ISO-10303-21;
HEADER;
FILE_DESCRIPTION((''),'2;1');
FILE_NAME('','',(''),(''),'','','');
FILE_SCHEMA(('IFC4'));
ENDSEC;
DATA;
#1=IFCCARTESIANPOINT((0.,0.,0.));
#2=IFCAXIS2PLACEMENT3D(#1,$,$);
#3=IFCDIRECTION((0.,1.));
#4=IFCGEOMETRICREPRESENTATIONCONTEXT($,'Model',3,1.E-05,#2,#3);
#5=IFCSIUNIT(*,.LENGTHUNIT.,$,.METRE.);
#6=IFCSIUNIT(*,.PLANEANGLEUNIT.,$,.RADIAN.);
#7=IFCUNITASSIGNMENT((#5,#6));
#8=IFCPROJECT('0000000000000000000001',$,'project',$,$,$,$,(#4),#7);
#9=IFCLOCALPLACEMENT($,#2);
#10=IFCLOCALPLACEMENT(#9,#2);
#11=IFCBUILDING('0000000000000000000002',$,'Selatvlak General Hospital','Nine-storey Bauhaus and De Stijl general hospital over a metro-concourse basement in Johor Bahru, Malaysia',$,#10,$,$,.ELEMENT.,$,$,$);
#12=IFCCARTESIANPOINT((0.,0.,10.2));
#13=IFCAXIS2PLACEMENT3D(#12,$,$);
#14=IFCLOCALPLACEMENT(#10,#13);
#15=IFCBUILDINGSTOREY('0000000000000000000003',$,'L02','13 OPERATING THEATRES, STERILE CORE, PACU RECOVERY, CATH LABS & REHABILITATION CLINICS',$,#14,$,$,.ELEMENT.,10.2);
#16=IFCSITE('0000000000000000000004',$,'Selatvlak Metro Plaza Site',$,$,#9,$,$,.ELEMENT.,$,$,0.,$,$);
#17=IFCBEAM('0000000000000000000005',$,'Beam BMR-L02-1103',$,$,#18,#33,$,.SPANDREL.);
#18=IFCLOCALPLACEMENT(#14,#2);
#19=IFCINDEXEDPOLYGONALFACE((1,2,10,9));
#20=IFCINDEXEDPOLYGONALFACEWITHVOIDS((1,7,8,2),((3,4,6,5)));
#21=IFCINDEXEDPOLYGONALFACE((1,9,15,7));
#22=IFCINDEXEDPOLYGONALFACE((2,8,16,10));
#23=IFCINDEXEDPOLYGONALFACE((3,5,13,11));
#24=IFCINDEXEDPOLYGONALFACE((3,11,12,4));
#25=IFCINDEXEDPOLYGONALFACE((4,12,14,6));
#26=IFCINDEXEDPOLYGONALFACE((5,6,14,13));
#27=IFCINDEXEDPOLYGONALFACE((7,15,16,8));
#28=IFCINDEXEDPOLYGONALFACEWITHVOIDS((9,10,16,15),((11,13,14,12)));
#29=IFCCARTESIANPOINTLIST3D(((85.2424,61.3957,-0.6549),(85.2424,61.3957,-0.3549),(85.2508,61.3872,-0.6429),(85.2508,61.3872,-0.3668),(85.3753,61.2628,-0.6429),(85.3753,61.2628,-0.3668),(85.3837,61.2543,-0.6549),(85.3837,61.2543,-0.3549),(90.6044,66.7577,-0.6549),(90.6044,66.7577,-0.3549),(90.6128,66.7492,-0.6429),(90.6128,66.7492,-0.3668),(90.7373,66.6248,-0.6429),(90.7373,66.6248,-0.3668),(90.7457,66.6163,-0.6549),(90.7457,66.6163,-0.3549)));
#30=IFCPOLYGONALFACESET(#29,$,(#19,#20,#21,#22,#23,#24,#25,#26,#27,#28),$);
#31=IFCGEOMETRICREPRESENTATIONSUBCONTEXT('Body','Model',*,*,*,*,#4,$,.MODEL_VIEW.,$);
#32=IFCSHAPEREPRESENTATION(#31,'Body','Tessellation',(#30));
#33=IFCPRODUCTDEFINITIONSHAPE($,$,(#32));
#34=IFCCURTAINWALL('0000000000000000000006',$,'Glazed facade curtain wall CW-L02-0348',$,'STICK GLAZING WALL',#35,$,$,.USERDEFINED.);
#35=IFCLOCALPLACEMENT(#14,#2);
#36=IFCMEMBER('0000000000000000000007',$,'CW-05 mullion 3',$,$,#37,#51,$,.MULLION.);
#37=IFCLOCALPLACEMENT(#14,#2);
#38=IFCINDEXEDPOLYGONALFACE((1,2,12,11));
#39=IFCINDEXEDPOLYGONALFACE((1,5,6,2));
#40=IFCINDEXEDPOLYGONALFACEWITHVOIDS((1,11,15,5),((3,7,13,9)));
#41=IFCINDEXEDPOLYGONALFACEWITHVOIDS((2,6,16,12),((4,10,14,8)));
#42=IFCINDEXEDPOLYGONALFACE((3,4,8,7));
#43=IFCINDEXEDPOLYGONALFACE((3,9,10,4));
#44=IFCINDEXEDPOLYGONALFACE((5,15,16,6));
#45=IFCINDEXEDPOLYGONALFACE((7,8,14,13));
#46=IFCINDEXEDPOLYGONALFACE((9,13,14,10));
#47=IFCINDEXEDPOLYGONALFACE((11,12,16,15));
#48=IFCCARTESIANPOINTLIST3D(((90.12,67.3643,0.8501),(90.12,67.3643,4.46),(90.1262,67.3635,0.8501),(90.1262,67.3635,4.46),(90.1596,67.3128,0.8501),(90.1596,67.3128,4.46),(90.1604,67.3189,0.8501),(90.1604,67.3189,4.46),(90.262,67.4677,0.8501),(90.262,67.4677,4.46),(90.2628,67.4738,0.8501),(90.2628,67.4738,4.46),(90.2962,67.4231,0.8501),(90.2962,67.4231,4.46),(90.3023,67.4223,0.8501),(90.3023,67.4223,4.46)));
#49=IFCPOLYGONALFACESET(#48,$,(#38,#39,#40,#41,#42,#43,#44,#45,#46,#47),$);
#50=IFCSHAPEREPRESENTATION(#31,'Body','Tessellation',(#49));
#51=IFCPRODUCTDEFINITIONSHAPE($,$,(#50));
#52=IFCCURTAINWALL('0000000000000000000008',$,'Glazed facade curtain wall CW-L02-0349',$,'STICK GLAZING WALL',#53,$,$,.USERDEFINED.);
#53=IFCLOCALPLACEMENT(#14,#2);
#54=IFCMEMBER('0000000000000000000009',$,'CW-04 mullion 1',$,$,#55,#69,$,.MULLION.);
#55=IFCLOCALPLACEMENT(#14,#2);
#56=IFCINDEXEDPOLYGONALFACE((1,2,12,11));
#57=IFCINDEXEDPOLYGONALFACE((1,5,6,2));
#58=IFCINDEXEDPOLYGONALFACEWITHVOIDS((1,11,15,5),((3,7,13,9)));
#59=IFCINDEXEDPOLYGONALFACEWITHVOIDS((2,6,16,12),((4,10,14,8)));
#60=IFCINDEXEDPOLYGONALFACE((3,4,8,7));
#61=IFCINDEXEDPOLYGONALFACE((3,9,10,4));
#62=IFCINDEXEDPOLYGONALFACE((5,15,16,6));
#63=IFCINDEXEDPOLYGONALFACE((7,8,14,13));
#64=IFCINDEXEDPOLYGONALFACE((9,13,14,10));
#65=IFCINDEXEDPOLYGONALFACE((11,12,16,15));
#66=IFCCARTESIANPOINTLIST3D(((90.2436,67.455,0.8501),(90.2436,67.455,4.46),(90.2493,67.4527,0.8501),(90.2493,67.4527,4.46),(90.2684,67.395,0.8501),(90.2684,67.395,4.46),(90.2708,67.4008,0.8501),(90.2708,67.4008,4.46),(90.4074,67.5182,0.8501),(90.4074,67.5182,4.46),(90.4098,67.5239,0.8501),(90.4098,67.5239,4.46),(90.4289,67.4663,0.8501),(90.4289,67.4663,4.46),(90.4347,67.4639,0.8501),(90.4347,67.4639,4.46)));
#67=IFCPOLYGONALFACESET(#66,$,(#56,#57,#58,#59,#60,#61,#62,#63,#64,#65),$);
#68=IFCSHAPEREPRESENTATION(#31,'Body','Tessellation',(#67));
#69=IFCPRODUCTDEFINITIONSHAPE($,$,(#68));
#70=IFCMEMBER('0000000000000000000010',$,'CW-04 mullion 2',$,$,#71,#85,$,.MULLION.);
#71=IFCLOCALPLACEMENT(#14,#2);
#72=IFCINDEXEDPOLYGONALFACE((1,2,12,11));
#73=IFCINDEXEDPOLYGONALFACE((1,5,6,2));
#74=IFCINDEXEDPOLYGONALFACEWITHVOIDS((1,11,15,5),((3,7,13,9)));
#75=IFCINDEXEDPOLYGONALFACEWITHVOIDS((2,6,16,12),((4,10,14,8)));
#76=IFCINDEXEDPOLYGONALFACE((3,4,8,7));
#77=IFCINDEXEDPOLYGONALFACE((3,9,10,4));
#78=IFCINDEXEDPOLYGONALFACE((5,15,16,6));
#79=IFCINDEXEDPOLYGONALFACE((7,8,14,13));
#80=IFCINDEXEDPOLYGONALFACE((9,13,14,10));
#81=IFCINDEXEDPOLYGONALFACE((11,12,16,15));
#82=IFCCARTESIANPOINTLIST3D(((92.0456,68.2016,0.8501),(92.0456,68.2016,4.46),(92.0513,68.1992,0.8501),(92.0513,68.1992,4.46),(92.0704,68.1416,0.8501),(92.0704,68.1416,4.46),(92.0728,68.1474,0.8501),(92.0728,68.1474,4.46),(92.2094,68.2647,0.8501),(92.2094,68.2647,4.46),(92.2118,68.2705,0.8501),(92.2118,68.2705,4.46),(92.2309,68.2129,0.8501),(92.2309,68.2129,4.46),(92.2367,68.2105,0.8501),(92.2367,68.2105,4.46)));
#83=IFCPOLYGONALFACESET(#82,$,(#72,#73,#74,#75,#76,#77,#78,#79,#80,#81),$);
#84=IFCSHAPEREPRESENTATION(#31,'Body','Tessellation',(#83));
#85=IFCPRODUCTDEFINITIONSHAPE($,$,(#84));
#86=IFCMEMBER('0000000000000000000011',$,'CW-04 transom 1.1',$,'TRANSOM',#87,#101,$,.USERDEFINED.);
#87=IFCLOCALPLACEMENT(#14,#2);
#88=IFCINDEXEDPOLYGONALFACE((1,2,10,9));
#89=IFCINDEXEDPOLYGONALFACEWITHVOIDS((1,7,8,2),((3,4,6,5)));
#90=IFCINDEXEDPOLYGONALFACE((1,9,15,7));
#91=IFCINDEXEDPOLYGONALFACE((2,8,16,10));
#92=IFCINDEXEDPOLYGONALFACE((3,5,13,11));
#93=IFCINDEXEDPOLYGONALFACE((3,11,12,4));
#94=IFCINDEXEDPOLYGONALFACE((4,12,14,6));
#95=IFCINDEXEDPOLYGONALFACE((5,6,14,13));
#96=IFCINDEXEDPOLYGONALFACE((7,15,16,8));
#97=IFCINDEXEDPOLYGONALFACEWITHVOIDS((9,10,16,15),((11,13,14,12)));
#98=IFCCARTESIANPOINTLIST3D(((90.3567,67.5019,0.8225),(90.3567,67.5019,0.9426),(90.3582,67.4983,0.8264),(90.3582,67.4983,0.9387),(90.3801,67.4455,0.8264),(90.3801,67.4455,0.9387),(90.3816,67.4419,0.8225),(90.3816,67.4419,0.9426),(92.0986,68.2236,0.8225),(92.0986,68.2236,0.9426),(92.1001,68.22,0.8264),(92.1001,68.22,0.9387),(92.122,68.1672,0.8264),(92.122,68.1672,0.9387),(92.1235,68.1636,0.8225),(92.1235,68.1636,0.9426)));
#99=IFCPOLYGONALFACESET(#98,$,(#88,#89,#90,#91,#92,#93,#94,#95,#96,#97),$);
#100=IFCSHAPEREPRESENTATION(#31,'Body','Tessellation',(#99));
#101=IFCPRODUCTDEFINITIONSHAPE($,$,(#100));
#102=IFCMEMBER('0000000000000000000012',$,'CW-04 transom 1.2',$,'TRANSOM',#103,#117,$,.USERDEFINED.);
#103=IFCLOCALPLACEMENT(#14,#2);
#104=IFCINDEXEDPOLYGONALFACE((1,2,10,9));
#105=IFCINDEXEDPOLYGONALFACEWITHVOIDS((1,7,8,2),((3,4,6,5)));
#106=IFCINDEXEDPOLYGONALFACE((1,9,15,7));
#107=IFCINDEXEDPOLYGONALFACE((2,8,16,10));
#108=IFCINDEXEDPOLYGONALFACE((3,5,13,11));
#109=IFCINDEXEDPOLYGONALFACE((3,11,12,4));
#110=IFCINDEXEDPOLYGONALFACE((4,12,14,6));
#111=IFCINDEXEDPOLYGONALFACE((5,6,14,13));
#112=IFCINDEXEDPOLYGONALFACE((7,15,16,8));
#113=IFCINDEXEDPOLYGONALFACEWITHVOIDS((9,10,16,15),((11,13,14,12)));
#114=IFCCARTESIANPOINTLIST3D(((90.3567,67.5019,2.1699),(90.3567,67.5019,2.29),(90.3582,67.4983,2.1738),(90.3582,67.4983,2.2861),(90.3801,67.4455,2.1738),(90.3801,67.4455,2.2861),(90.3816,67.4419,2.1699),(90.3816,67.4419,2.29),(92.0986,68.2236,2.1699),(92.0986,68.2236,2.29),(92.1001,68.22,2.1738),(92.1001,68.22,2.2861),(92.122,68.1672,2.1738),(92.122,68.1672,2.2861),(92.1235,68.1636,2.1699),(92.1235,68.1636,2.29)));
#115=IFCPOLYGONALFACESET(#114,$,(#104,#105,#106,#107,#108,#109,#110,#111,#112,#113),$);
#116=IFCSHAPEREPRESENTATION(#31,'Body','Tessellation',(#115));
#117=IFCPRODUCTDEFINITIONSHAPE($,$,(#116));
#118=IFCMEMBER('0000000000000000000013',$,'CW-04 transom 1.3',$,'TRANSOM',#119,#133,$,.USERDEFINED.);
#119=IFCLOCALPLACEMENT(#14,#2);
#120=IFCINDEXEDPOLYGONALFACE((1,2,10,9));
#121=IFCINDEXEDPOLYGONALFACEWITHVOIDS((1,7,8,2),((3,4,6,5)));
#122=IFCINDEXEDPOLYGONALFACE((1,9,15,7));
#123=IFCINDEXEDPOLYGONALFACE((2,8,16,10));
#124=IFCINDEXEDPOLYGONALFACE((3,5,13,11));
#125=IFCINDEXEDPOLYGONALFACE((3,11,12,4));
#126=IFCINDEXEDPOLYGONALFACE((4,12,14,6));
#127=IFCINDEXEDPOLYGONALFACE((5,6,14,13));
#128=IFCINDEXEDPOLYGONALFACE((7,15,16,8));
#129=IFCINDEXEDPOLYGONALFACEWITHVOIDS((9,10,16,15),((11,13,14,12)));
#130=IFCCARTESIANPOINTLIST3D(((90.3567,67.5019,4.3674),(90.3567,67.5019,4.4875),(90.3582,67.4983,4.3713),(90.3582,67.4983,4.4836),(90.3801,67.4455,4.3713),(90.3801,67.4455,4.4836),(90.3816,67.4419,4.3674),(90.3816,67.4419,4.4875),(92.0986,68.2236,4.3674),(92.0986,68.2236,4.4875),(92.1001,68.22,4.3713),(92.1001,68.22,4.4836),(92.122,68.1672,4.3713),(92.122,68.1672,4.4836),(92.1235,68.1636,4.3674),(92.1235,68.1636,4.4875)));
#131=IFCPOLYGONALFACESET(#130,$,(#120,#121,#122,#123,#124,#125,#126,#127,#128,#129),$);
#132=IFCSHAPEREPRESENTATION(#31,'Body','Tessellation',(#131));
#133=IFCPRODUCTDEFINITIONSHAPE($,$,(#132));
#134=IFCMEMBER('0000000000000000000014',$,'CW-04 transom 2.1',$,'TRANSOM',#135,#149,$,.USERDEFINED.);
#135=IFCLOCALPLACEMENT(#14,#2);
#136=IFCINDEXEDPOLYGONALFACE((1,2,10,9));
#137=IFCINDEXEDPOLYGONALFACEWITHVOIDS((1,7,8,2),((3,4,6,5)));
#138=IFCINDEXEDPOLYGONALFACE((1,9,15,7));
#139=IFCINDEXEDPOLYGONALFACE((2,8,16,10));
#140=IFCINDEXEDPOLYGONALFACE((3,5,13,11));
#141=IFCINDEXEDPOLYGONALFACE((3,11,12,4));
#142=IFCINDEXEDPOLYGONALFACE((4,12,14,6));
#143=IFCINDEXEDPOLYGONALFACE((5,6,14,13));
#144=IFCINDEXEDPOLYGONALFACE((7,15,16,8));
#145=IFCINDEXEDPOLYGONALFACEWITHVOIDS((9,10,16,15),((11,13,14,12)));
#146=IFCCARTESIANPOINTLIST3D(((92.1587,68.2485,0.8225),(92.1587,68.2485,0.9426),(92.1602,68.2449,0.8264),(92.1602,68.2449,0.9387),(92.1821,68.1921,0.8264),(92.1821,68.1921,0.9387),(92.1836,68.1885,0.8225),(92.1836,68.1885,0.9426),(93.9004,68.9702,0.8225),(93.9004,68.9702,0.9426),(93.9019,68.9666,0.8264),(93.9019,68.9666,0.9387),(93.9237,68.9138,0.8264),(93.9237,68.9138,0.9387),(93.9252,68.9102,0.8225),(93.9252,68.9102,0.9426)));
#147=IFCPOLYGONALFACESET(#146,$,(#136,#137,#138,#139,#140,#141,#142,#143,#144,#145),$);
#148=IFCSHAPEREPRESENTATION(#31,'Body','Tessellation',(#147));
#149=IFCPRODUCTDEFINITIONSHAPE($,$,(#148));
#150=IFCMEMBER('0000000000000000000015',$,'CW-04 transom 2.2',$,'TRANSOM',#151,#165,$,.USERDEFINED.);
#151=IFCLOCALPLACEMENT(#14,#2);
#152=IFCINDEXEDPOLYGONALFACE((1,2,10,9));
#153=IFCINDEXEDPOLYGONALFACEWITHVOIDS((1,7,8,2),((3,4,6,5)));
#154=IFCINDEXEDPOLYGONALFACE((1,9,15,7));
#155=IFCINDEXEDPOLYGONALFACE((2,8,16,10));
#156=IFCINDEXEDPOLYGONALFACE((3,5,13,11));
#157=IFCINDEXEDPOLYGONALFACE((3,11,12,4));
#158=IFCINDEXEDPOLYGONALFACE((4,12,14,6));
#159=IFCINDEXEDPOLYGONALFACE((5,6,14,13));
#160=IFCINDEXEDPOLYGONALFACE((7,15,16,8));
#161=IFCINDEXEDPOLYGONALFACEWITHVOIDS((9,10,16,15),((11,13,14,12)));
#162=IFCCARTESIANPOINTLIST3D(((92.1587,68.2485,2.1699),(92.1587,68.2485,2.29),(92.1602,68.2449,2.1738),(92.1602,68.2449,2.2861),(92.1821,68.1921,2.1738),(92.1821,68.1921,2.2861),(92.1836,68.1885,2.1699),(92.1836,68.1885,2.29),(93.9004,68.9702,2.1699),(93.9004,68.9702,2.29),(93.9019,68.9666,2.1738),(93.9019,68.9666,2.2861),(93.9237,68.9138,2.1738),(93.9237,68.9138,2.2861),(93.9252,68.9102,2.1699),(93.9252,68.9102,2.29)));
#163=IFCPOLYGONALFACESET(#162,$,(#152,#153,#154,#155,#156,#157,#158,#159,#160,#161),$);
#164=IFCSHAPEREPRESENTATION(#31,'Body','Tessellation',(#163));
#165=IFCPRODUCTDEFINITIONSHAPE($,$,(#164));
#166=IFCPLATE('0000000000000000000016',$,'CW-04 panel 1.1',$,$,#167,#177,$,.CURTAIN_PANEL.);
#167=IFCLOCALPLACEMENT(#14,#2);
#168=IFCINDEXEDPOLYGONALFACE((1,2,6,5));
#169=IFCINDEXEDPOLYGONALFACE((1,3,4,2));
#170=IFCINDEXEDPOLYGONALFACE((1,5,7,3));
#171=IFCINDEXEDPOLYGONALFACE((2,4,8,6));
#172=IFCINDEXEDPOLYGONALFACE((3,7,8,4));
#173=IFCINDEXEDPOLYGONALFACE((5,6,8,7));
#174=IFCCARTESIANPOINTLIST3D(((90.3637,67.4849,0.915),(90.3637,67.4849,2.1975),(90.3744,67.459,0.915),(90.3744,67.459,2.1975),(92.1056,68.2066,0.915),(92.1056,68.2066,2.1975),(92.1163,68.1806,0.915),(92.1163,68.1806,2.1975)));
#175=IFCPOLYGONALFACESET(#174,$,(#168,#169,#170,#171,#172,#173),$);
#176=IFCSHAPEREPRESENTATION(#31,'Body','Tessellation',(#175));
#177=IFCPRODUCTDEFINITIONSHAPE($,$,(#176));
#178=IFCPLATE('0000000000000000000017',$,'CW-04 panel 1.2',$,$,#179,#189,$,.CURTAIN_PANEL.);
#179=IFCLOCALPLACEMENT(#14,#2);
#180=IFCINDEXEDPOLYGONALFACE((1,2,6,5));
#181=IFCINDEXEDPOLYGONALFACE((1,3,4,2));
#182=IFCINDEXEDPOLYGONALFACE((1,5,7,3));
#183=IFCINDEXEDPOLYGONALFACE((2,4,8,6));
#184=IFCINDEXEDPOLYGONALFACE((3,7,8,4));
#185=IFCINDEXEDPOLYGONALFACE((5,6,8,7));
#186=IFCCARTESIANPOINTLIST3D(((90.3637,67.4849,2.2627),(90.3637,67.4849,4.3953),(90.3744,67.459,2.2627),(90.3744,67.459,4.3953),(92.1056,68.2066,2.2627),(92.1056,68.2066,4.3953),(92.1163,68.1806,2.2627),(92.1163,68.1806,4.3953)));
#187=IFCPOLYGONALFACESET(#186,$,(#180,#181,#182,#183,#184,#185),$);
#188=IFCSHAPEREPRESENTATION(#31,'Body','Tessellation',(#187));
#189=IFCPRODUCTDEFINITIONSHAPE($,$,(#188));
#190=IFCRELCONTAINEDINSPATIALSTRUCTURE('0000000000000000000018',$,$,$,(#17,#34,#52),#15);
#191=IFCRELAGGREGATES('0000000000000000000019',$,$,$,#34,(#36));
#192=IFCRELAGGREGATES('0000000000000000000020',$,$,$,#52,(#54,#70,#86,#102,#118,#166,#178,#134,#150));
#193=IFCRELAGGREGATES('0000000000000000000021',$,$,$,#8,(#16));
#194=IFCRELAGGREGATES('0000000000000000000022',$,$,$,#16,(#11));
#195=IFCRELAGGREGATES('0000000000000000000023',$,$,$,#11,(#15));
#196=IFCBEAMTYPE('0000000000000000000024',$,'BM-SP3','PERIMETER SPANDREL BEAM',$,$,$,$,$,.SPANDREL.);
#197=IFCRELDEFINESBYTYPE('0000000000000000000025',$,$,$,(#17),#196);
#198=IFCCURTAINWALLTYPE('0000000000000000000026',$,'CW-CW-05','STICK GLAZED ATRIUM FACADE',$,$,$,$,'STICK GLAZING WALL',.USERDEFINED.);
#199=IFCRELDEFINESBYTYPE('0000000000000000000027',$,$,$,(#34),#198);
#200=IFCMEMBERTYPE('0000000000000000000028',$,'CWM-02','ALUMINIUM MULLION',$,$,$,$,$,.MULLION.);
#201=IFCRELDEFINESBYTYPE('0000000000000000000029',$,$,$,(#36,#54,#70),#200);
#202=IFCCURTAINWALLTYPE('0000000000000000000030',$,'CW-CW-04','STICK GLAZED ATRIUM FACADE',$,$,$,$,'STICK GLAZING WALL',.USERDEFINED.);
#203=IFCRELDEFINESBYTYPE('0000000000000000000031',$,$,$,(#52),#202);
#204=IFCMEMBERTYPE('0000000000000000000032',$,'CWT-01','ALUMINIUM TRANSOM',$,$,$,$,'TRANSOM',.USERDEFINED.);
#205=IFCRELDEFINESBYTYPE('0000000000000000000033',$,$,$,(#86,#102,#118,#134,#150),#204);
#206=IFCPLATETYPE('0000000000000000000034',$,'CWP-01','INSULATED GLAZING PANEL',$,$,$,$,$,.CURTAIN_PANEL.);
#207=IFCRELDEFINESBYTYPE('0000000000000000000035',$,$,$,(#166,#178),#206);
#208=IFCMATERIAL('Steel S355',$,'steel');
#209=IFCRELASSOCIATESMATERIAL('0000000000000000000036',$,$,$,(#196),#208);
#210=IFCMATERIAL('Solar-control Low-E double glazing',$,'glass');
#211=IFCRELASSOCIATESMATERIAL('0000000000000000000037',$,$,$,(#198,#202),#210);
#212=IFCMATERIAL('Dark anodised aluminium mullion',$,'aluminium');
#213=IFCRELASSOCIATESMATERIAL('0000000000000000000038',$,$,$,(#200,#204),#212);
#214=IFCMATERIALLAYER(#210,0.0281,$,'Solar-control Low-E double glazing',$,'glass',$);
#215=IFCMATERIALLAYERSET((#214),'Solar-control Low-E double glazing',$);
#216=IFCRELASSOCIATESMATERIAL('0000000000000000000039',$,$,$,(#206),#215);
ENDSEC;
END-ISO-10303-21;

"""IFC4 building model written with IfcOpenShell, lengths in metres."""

from ifc_helpers import new_model, si_unit, direction, frame, origin, origin_2d, place, context, subcontext, project, spatial, rectangle, hollow_rectangle, extrude, material, layer, layer_set, material_profile, profile_set, type_object, element, aggregate, save


model = new_model("IFC4")

# Units and contexts
model_context = context("Model", 3, precision=1e-05, world=origin(), true_north=direction((0.0, 1.0)))
body_context = subcontext(model_context, "Body", "Model", "MODEL_VIEW")
ifc_project = project(units=[si_unit("LENGTHUNIT", "METRE"), si_unit("PLANEANGLEUNIT", "RADIAN")], contexts=[model_context])

# Site, building, storey
site_placement = place(None, origin())
site = spatial("IfcSite", under=ifc_project, at=site_placement, Name="Selatvlak Metro Plaza Site", CompositionType="ELEMENT", RefElevation=0.0)
building_placement = place(site_placement, origin())
building = spatial("IfcBuilding", under=site, at=building_placement, Name="Selatvlak General Hospital", Description="Nine-storey Bauhaus and De Stijl general hospital over a metro-concourse basement in Johor Bahru, Malaysia", CompositionType="ELEMENT")
storey_placement = place(building_placement, frame((0.0, 0.0, 10.2)))
storey = spatial("IfcBuildingStorey", under=building, at=storey_placement, Name="L02", Description="13 OPERATING THEATRES, STERILE CORE, PACU RECOVERY, CATH LABS & REHABILITATION CLINICS", CompositionType="ELEMENT", Elevation=10.2)

# Beam
ifc_material_1 = material(Name="Steel S355", Category="steel")
ifc_material_profile_1 = material_profile(ifc_material_1, hollow_rectangle(XDim=0.2, YDim=0.3, WallThickness=0.012, at=origin_2d()), Name="RHS 300x200x12")
ifc_profile_set_1 = profile_set([ifc_material_profile_1], Name="Steel S355")
beam_type = type_object("IfcBeamType", Name="BM-SP3", Description="PERIMETER SPANDREL BEAM", PredefinedType="SPANDREL", material=ifc_profile_set_1)
beam_placement = place(storey_placement, frame((90.675, 66.687, -0.5049), z_axis=(-0.707107, -0.707107, 0.0), x_axis=(0.707107, -0.707107, 0.0)))
element("IfcBeam", 1, at=beam_placement, inside=storey, type_object=beam_type, Name="Beam BMR-L02-1103", PredefinedType="SPANDREL", context=body_context, shape_type="SweptSolid", body=[
    extrude(hollow_rectangle(XDim=0.2, YDim=0.3, WallThickness=0.012, at=origin_2d()), origin(), (0.0, 0.0, 1.0), 7.583),
])

# Curtain wall, member
ifc_material_2 = material(Name="Solar-control Low-E double glazing", Category="glass")
curtain_wall_type_1 = type_object("IfcCurtainWallType", Name="CW-CW-05", Description="STICK GLAZED ATRIUM FACADE", ElementType="STICK GLAZING WALL", PredefinedType="USERDEFINED", material=ifc_material_2)
curtain_wall_1_placement = place(storey_placement, origin())
curtain_wall_1 = element("IfcCurtainWall", 2, at=curtain_wall_1_placement, inside=storey, type_object=curtain_wall_type_1, Name="Glazed facade curtain wall CW-L02-0348", ObjectType="STICK GLAZING WALL", PredefinedType="USERDEFINED")
ifc_material_3 = material(Name="Dark anodised aluminium mullion", Category="aluminium")
ifc_material_profile_2 = material_profile(ifc_material_3, hollow_rectangle(XDim=0.0649, YDim=0.1799, WallThickness=0.0044, at=origin_2d()), Name="AL-MUL 65x180x4.5")
ifc_profile_set_2 = profile_set([ifc_material_profile_2], Name="Dark anodised aluminium mullion")
member_type_1 = type_object("IfcMemberType", Name="CWM-02", Description="ALUMINIUM MULLION", PredefinedType="MULLION", material=ifc_profile_set_2)
member_1_placement = place(storey_placement, frame((90.2112, 67.3933, 0.8501), z_axis=(0.0, 0.0, 1.0), x_axis=(-0.608918, 0.793233, 0.0)))
member_1 = element("IfcMember", 3, at=member_1_placement, type_object=member_type_1, Name="CW-05 mullion 3", PredefinedType="MULLION", context=body_context, shape_type="SweptSolid", body=[
    extrude(hollow_rectangle(XDim=0.0649, YDim=0.1799, WallThickness=0.0044, at=origin_2d()), origin(), (0.0, 0.0, 1.0), 3.6099),
])
aggregate(curtain_wall_1, [member_1])

# Curtain wall, members, plates
curtain_wall_type_2 = type_object("IfcCurtainWallType", Name="CW-CW-04", Description="STICK GLAZED ATRIUM FACADE", ElementType="STICK GLAZING WALL", PredefinedType="USERDEFINED", material=ifc_material_2)
curtain_wall_2_placement = place(storey_placement, origin())
curtain_wall_2 = element("IfcCurtainWall", 4, at=curtain_wall_2_placement, inside=storey, type_object=curtain_wall_type_2, Name="Glazed facade curtain wall CW-L02-0349", ObjectType="STICK GLAZING WALL", PredefinedType="USERDEFINED")
member_2_placement = place(storey_placement, frame((90.3391, 67.4595, 0.8501), z_axis=(0.0, 0.0, 1.0), x_axis=(-0.382753, 0.923851, 0.0)))
member_2 = element("IfcMember", 5, at=member_2_placement, type_object=member_type_1, Name="CW-04 mullion 1", PredefinedType="MULLION", context=body_context, shape_type="SweptSolid", body=[
    extrude(hollow_rectangle(XDim=0.0649, YDim=0.1799, WallThickness=0.0044, at=origin_2d()), origin(), (0.0, 0.0, 1.0), 3.6099),
])
member_3_placement = place(storey_placement, frame((92.1411, 68.2061, 0.8501), z_axis=(0.0, 0.0, 1.0), x_axis=(-0.382753, 0.923851, 0.0)))
member_3 = element("IfcMember", 6, at=member_3_placement, type_object=member_type_1, Name="CW-04 mullion 2", PredefinedType="MULLION", context=body_context, shape_type="SweptSolid", body=[
    extrude(hollow_rectangle(XDim=0.0649, YDim=0.1799, WallThickness=0.0044, at=origin_2d()), origin(), (0.0, 0.0, 1.0), 3.6099),
])
ifc_material_profile_3 = material_profile(ifc_material_3, hollow_rectangle(XDim=0.0649, YDim=0.1201, WallThickness=0.0039, at=origin_2d()), Name="AL-TRN 65x120x4")
ifc_profile_set_3 = profile_set([ifc_material_profile_3], Name="Dark anodised aluminium mullion")
member_type_2 = type_object("IfcMemberType", Name="CWT-01", Description="ALUMINIUM TRANSOM", ElementType="TRANSOM", PredefinedType="USERDEFINED", material=ifc_profile_set_3)
member_4_placement = place(storey_placement, frame((90.3691, 67.4719, 0.8826), z_axis=(0.923853, 0.382748, 0.0), x_axis=(-0.382748, 0.923853, 0.0)))
member_4 = element("IfcMember", 7, at=member_4_placement, type_object=member_type_2, Name="CW-04 transom 1.1", ObjectType="TRANSOM", PredefinedType="USERDEFINED", context=body_context, shape_type="SweptSolid", body=[
    extrude(hollow_rectangle(XDim=0.0649, YDim=0.1201, WallThickness=0.0039, at=origin_2d()), origin(), (0.0, 0.0, 1.0), 1.8855),
])
member_5_placement = place(storey_placement, frame((90.3691, 67.4719, 2.23), z_axis=(0.923853, 0.382748, 0.0), x_axis=(-0.382748, 0.923853, 0.0)))
member_5 = element("IfcMember", 8, at=member_5_placement, type_object=member_type_2, Name="CW-04 transom 1.2", ObjectType="TRANSOM", PredefinedType="USERDEFINED", context=body_context, shape_type="SweptSolid", body=[
    extrude(hollow_rectangle(XDim=0.0649, YDim=0.1201, WallThickness=0.0039, at=origin_2d()), origin(), (0.0, 0.0, 1.0), 1.8855),
])
member_6_placement = place(storey_placement, frame((90.3691, 67.4719, 4.4275), z_axis=(0.923853, 0.382748, 0.0), x_axis=(-0.382748, 0.923853, 0.0)))
member_6 = element("IfcMember", 9, at=member_6_placement, type_object=member_type_2, Name="CW-04 transom 1.3", ObjectType="TRANSOM", PredefinedType="USERDEFINED", context=body_context, shape_type="SweptSolid", body=[
    extrude(hollow_rectangle(XDim=0.0649, YDim=0.1201, WallThickness=0.0039, at=origin_2d()), origin(), (0.0, 0.0, 1.0), 1.8855),
])
member_7_placement = place(storey_placement, frame((92.1711, 68.2185, 0.8826), z_axis=(0.923834, 0.382794, 0.0), x_axis=(-0.382794, 0.923834, 0.0)))
member_7 = element("IfcMember", 10, at=member_7_placement, type_object=member_type_2, Name="CW-04 transom 2.1", ObjectType="TRANSOM", PredefinedType="USERDEFINED", context=body_context, shape_type="SweptSolid", body=[
    extrude(hollow_rectangle(XDim=0.0649, YDim=0.1201, WallThickness=0.0039, at=origin_2d()), origin(), (0.0, 0.0, 1.0), 1.8853),
])
member_8_placement = place(storey_placement, frame((92.1711, 68.2185, 2.23), z_axis=(0.923834, 0.382794, 0.0), x_axis=(-0.382794, 0.923834, 0.0)))
member_8 = element("IfcMember", 11, at=member_8_placement, type_object=member_type_2, Name="CW-04 transom 2.2", ObjectType="TRANSOM", PredefinedType="USERDEFINED", context=body_context, shape_type="SweptSolid", body=[
    extrude(hollow_rectangle(XDim=0.0649, YDim=0.1201, WallThickness=0.0039, at=origin_2d()), origin(), (0.0, 0.0, 1.0), 1.8853),
])
ifc_layer_1 = layer(ifc_material_2, 0.0281, Name="Solar-control Low-E double glazing", Category="glass")
ifc_layer_set_1 = layer_set([ifc_layer_1], Name="Solar-control Low-E double glazing")
plate_type = type_object("IfcPlateType", Name="CWP-01", Description="INSULATED GLAZING PANEL", PredefinedType="CURTAIN_PANEL", material=ifc_layer_set_1)
plate_1_placement = place(storey_placement, frame((91.24, 67.8328, 0.915), z_axis=(0.0, 0.0, 1.0), x_axis=(0.923851, 0.382753, 0.0)))
plate_1 = element("IfcPlate", 12, at=plate_1_placement, type_object=plate_type, Name="CW-04 panel 1.1", PredefinedType="CURTAIN_PANEL", context=body_context, shape_type="SweptSolid", body=[
    extrude(rectangle(XDim=1.8855, YDim=0.0281, at=origin_2d()), origin(), (0.0, 0.0, 1.0), 1.2825),
])
plate_2_placement = place(storey_placement, frame((91.24, 67.8328, 2.2627), z_axis=(0.0, 0.0, 1.0), x_axis=(0.923851, 0.382753, 0.0)))
plate_2 = element("IfcPlate", 13, at=plate_2_placement, type_object=plate_type, Name="CW-04 panel 1.2", PredefinedType="CURTAIN_PANEL", context=body_context, shape_type="SweptSolid", body=[
    extrude(rectangle(XDim=1.8855, YDim=0.0281, at=origin_2d()), origin(), (0.0, 0.0, 1.0), 2.1326),
])
aggregate(curtain_wall_2, [member_2, member_3, member_4, member_5, member_6, plate_1, plate_2, member_7, member_8])

save(model, "model.ifc")
